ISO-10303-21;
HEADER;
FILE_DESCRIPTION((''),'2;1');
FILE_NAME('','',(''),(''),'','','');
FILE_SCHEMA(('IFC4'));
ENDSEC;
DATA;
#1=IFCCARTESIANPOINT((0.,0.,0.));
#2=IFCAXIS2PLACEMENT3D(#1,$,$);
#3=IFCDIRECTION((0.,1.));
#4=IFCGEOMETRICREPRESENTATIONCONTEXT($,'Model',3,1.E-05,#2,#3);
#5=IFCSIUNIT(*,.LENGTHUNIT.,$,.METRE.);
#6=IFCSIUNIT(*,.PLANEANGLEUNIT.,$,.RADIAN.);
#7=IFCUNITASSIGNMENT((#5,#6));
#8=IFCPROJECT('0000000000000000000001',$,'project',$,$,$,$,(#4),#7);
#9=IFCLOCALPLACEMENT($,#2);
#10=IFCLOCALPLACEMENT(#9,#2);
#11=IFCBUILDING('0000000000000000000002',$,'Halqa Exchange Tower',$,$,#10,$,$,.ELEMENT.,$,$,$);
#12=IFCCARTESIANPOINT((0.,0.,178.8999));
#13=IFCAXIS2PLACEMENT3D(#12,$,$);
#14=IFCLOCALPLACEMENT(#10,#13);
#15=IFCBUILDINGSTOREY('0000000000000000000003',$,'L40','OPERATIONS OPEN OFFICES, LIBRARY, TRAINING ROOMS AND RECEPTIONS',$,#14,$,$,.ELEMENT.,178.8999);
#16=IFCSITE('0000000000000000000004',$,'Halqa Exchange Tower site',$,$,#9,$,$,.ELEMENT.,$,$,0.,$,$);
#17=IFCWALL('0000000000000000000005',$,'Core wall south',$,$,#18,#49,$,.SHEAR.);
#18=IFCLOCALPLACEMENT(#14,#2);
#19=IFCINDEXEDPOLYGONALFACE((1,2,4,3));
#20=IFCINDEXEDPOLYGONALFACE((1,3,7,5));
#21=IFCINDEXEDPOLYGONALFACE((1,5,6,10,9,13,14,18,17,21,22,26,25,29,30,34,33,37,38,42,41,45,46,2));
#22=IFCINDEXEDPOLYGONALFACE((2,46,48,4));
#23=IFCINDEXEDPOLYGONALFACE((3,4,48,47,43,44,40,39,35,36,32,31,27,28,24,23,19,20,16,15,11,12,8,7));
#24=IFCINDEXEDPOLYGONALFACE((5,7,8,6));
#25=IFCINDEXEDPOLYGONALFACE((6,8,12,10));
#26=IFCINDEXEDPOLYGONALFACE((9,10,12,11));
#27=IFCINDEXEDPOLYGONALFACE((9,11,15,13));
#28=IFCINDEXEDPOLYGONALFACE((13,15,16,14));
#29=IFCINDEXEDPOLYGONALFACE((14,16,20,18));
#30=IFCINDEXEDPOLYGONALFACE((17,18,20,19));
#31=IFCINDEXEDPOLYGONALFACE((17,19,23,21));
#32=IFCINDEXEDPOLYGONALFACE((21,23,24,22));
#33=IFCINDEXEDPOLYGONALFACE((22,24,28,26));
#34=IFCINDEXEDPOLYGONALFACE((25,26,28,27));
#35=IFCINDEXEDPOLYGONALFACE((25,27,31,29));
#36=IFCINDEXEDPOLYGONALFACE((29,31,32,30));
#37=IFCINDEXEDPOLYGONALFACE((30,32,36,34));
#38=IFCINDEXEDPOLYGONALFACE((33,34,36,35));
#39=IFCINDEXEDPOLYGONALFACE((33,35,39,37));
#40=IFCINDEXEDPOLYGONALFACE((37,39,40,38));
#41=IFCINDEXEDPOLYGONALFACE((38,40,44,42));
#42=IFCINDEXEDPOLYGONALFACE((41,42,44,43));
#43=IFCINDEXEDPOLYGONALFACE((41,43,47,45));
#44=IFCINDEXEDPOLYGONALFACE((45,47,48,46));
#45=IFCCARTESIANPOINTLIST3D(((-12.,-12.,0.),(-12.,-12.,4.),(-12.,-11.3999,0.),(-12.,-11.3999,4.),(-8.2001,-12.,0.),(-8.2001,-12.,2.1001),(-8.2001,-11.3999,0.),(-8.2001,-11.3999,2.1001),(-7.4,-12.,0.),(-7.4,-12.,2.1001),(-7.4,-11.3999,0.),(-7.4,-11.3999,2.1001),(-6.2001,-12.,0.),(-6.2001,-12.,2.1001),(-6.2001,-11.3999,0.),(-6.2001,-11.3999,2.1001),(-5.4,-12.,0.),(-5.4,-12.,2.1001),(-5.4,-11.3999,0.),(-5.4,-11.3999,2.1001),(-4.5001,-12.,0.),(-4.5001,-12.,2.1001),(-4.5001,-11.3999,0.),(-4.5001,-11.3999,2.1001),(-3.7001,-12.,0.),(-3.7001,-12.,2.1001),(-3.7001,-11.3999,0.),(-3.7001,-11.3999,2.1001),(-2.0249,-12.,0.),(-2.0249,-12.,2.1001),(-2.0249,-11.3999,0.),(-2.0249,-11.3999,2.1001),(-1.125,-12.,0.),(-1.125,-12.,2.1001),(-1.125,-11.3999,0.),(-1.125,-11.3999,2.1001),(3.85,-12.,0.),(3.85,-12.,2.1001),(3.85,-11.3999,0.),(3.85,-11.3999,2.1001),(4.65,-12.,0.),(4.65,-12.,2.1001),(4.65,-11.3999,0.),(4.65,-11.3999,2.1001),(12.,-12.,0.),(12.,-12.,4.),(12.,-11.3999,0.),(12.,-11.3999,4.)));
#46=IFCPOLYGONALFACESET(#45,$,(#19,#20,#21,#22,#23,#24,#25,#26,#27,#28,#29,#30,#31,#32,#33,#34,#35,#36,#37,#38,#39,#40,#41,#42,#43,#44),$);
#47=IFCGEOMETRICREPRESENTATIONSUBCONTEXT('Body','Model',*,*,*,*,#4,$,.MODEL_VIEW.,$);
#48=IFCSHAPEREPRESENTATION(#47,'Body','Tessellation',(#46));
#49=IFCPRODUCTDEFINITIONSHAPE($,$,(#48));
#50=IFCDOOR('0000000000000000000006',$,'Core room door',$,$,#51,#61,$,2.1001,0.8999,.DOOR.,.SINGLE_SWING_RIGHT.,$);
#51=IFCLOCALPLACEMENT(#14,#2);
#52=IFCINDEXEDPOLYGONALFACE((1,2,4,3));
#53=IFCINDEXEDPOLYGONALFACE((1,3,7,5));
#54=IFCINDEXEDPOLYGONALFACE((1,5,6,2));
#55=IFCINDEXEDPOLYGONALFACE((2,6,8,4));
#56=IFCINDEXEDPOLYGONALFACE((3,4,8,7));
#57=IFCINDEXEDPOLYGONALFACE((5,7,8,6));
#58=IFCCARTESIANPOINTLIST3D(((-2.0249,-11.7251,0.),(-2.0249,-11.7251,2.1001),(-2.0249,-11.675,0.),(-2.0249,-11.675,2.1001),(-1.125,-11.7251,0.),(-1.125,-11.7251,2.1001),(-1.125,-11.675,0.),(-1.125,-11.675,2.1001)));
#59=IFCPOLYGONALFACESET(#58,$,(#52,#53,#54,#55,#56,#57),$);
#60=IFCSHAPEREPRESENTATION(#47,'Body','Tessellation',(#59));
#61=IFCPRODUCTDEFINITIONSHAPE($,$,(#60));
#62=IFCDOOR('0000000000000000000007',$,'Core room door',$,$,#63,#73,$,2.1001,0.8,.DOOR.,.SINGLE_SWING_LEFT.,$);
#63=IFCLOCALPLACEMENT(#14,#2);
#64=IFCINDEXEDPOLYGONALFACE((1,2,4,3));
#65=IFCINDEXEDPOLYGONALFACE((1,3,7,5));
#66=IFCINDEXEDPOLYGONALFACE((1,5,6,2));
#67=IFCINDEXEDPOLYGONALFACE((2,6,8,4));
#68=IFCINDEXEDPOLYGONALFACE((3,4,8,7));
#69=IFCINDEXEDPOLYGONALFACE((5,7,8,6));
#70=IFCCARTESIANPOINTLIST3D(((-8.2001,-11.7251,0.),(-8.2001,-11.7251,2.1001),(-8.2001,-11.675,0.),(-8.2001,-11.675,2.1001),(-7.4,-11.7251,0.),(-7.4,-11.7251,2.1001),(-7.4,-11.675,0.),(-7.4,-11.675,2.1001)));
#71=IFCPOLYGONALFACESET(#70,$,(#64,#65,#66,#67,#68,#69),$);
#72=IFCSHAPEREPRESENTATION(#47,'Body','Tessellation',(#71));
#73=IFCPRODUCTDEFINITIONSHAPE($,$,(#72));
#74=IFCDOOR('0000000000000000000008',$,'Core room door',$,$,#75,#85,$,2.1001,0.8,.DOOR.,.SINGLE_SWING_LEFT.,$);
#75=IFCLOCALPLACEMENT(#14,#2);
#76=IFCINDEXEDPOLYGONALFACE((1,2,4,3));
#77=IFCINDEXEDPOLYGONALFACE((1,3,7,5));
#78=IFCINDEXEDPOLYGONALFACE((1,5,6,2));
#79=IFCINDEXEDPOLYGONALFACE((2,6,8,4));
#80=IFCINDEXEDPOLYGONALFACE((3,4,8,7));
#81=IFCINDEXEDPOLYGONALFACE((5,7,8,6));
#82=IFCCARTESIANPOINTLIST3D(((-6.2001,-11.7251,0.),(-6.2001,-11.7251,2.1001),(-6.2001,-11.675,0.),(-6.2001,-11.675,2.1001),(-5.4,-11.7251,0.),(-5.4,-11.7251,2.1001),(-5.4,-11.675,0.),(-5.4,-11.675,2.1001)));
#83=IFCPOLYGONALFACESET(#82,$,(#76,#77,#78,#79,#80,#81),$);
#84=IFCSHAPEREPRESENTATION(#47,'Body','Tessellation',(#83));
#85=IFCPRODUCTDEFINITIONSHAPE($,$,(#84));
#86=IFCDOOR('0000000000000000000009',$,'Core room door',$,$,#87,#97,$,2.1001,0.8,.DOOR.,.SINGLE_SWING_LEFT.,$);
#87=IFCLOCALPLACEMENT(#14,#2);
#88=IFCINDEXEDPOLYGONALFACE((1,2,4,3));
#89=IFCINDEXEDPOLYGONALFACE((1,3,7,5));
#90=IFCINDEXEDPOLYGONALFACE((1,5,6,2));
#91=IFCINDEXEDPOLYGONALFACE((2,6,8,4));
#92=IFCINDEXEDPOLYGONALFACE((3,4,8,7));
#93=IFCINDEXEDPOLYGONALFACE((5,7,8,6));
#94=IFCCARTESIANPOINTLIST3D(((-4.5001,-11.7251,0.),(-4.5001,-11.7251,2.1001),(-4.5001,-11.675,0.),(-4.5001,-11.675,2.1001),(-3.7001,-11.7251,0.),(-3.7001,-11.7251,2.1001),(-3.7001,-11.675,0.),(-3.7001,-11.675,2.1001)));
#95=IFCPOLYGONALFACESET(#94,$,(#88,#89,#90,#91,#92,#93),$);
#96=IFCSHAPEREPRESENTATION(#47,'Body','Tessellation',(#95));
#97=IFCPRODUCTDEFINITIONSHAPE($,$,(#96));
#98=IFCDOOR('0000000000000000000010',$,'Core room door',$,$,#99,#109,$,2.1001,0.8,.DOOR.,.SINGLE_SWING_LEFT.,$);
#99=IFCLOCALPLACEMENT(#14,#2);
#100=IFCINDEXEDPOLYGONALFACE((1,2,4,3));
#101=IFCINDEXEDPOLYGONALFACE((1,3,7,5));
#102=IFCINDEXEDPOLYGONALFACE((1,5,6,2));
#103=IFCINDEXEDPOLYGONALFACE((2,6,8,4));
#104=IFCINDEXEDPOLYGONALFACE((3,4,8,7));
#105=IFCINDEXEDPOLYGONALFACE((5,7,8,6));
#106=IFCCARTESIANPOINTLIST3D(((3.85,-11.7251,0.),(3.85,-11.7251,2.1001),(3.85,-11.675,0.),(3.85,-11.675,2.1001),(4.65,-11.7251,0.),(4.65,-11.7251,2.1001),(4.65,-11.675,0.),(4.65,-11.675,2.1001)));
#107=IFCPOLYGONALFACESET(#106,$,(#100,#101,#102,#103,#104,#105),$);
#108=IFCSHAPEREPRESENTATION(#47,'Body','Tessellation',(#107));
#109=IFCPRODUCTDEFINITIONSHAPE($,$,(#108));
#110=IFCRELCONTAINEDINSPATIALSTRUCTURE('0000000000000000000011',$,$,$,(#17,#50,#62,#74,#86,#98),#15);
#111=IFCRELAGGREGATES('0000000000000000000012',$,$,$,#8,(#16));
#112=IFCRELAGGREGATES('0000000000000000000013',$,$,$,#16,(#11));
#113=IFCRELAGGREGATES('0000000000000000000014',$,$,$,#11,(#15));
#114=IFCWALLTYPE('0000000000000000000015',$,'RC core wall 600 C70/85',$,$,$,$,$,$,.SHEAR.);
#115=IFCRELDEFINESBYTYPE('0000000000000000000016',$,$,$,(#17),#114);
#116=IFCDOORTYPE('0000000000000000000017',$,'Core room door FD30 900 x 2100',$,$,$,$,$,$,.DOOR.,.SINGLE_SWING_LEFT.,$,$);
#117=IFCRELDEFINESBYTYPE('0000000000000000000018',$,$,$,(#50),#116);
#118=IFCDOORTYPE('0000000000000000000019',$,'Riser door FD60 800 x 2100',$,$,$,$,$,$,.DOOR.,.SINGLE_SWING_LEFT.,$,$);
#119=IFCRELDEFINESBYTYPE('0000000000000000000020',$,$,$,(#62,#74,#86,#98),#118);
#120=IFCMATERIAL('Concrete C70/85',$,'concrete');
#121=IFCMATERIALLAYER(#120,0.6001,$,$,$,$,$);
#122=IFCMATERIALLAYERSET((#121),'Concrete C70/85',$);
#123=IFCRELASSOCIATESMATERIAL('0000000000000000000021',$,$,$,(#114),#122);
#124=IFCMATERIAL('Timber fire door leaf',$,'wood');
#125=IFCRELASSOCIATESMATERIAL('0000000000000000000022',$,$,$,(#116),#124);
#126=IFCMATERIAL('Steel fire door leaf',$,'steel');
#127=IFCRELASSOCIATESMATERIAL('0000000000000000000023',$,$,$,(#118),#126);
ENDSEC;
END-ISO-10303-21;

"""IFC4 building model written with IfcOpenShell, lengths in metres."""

from ifc_helpers import new_model, si_unit, direction, frame, frame_2d, origin, place, context, subcontext, project, spatial, rectangle, extrude, material, layer, layer_set, type_object, element, fill, save


model = new_model("IFC4")

# Units and contexts
model_context = context("Model", 3, precision=1e-05, world=origin(), true_north=direction((0.0, 1.0)))
body_context = subcontext(model_context, "Body", "Model", "MODEL_VIEW")
ifc_project = project(units=[si_unit("LENGTHUNIT", "METRE"), si_unit("PLANEANGLEUNIT", "RADIAN")], contexts=[model_context])

# Site, building, storey
site_placement = place(None, origin())
site = spatial("IfcSite", under=ifc_project, at=site_placement, Name="Halqa Exchange Tower site", CompositionType="ELEMENT", RefElevation=0.0)
building_placement = place(site_placement, origin())
building = spatial("IfcBuilding", under=site, at=building_placement, Name="Halqa Exchange Tower", CompositionType="ELEMENT")
storey_placement = place(building_placement, frame((0.0, 0.0, 178.8999)))
storey = spatial("IfcBuildingStorey", under=building, at=storey_placement, Name="L40", Description="OPERATIONS OPEN OFFICES, LIBRARY, TRAINING ROOMS AND RECEPTIONS", CompositionType="ELEMENT", Elevation=178.8999)

# Wall, openings, doors
ifc_material_1 = material(Name="Steel fire door leaf", Category="steel")
ifc_material_2 = material(Name="Concrete C70/85", Category="concrete")
ifc_layer_1 = layer(ifc_material_2, 0.6001)
ifc_layer_set_1 = layer_set([ifc_layer_1], Name="Concrete C70/85")
wall_type_1 = type_object("IfcWallType", Name="RC core wall 600 C70/85", PredefinedType="SHEAR", material=ifc_layer_set_1)
wall_1_placement = place(storey_placement, frame((-12.0, -11.7, 0.0), z_axis=(0.0, 0.0, 1.0), x_axis=(1.0, 0.0, 0.0)))
wall_1 = element("IfcWall", 1, at=wall_1_placement, inside=storey, type_object=wall_type_1, Name="Core wall south", PredefinedType="SHEAR", context=body_context, shape_type="SweptSolid", body=[
    extrude(rectangle(XDim=24.0, YDim=0.6001, at=frame_2d((12.0, 0.0))), origin(), (0.0, 0.0, 1.0), 4.0),
])
opening_1_placement = place(wall_1_placement, frame((9.9751, 0.0, 0.0)))
opening_1 = element("IfcOpeningElement", 2, at=opening_1_placement, cuts=wall_1, PredefinedType="OPENING", context=body_context, shape_type="SweptSolid", body=[
    extrude(rectangle(XDim=0.8999, YDim=2.1001, at=frame_2d((0.45, 1.05))), frame((0.0, 0.312, 0.0), z_axis=(0.0, -1.0, 0.0), x_axis=(1.0, 0.0, 0.0)), (0.0, 0.0, 1.0), 0.624),
])
opening_2_placement = place(wall_1_placement, frame((3.8, 0.0, 0.0)))
opening_2 = element("IfcOpeningElement", 3, at=opening_2_placement, cuts=wall_1, PredefinedType="OPENING", context=body_context, shape_type="SweptSolid", body=[
    extrude(rectangle(XDim=0.8, YDim=2.1001, at=frame_2d((0.3999, 1.05))), frame((0.0, 0.312, 0.0), z_axis=(0.0, -1.0, 0.0), x_axis=(1.0, 0.0, 0.0)), (0.0, 0.0, 1.0), 0.624),
])
opening_3_placement = place(wall_1_placement, frame((5.8, 0.0, 0.0)))
opening_3 = element("IfcOpeningElement", 4, at=opening_3_placement, cuts=wall_1, PredefinedType="OPENING", context=body_context, shape_type="SweptSolid", body=[
    extrude(rectangle(XDim=0.8, YDim=2.1001, at=frame_2d((0.3999, 1.05))), frame((0.0, 0.312, 0.0), z_axis=(0.0, -1.0, 0.0), x_axis=(1.0, 0.0, 0.0)), (0.0, 0.0, 1.0), 0.624),
])
opening_4_placement = place(wall_1_placement, frame((7.5, 0.0, 0.0)))
opening_4 = element("IfcOpeningElement", 5, at=opening_4_placement, cuts=wall_1, PredefinedType="OPENING", context=body_context, shape_type="SweptSolid", body=[
    extrude(rectangle(XDim=0.8, YDim=2.1001, at=frame_2d((0.3999, 1.05))), frame((0.0, 0.312, 0.0), z_axis=(0.0, -1.0, 0.0), x_axis=(1.0, 0.0, 0.0)), (0.0, 0.0, 1.0), 0.624),
])
opening_5_placement = place(wall_1_placement, frame((15.8501, 0.0, 0.0)))
opening_5 = element("IfcOpeningElement", 6, at=opening_5_placement, cuts=wall_1, PredefinedType="OPENING", context=body_context, shape_type="SweptSolid", body=[
    extrude(rectangle(XDim=0.8, YDim=2.1001, at=frame_2d((0.3999, 1.05))), frame((0.0, 0.312, 0.0), z_axis=(0.0, -1.0, 0.0), x_axis=(1.0, 0.0, 0.0)), (0.0, 0.0, 1.0), 0.624),
])
ifc_material_3 = material(Name="Timber fire door leaf", Category="wood")
door_type_1 = type_object("IfcDoorType", Name="Core room door FD30 900 x 2100", OperationType="SINGLE_SWING_LEFT", PredefinedType="DOOR", material=ifc_material_3)
door_1_placement = place(opening_1_placement, origin())
door_1 = element("IfcDoor", 7, at=door_1_placement, inside=storey, type_object=door_type_1, Name="Core room door", OperationType="SINGLE_SWING_RIGHT", OverallHeight=2.1001, OverallWidth=0.8999, PredefinedType="DOOR", context=body_context, shape_type="SweptSolid", body=[
    extrude(rectangle(XDim=0.8999, YDim=2.1001, at=frame_2d((0.45, 1.05))), frame((0.0, 0.0249, 0.0), z_axis=(0.0, -1.0, 0.0), x_axis=(1.0, 0.0, 0.0)), (0.0, 0.0, 1.0), 0.05),
])
fill(opening_1, door_1)
door_type_2 = type_object("IfcDoorType", Name="Riser door FD60 800 x 2100", OperationType="SINGLE_SWING_LEFT", PredefinedType="DOOR", material=ifc_material_1)
door_2_placement = place(opening_2_placement, origin())
door_2 = element("IfcDoor", 8, at=door_2_placement, inside=storey, type_object=door_type_2, Name="Core room door", OperationType="SINGLE_SWING_LEFT", OverallHeight=2.1001, OverallWidth=0.8, PredefinedType="DOOR", context=body_context, shape_type="SweptSolid", body=[
    extrude(rectangle(XDim=0.8, YDim=2.1001, at=frame_2d((0.3999, 1.05))), frame((0.0, 0.0249, 0.0), z_axis=(0.0, -1.0, 0.0), x_axis=(1.0, 0.0, 0.0)), (0.0, 0.0, 1.0), 0.05),
])
fill(opening_2, door_2)
door_3_placement = place(opening_3_placement, origin())
door_3 = element("IfcDoor", 9, at=door_3_placement, inside=storey, type_object=door_type_2, Name="Core room door", OperationType="SINGLE_SWING_LEFT", OverallHeight=2.1001, OverallWidth=0.8, PredefinedType="DOOR", context=body_context, shape_type="SweptSolid", body=[
    extrude(rectangle(XDim=0.8, YDim=2.1001, at=frame_2d((0.3999, 1.05))), frame((0.0, 0.0249, 0.0), z_axis=(0.0, -1.0, 0.0), x_axis=(1.0, 0.0, 0.0)), (0.0, 0.0, 1.0), 0.05),
])
fill(opening_3, door_3)
door_4_placement = place(opening_4_placement, origin())
door_4 = element("IfcDoor", 10, at=door_4_placement, inside=storey, type_object=door_type_2, Name="Core room door", OperationType="SINGLE_SWING_LEFT", OverallHeight=2.1001, OverallWidth=0.8, PredefinedType="DOOR", context=body_context, shape_type="SweptSolid", body=[
    extrude(rectangle(XDim=0.8, YDim=2.1001, at=frame_2d((0.3999, 1.05))), frame((0.0, 0.0249, 0.0), z_axis=(0.0, -1.0, 0.0), x_axis=(1.0, 0.0, 0.0)), (0.0, 0.0, 1.0), 0.05),
])
fill(opening_4, door_4)
door_5_placement = place(opening_5_placement, origin())
door_5 = element("IfcDoor", 11, at=door_5_placement, inside=storey, type_object=door_type_2, Name="Core room door", OperationType="SINGLE_SWING_LEFT", OverallHeight=2.1001, OverallWidth=0.8, PredefinedType="DOOR", context=body_context, shape_type="SweptSolid", body=[
    extrude(rectangle(XDim=0.8, YDim=2.1001, at=frame_2d((0.3999, 1.05))), frame((0.0, 0.0249, 0.0), z_axis=(0.0, -1.0, 0.0), x_axis=(1.0, 0.0, 0.0)), (0.0, 0.0, 1.0), 0.05),
])
fill(opening_5, door_5)

save(model, "model.ifc")
